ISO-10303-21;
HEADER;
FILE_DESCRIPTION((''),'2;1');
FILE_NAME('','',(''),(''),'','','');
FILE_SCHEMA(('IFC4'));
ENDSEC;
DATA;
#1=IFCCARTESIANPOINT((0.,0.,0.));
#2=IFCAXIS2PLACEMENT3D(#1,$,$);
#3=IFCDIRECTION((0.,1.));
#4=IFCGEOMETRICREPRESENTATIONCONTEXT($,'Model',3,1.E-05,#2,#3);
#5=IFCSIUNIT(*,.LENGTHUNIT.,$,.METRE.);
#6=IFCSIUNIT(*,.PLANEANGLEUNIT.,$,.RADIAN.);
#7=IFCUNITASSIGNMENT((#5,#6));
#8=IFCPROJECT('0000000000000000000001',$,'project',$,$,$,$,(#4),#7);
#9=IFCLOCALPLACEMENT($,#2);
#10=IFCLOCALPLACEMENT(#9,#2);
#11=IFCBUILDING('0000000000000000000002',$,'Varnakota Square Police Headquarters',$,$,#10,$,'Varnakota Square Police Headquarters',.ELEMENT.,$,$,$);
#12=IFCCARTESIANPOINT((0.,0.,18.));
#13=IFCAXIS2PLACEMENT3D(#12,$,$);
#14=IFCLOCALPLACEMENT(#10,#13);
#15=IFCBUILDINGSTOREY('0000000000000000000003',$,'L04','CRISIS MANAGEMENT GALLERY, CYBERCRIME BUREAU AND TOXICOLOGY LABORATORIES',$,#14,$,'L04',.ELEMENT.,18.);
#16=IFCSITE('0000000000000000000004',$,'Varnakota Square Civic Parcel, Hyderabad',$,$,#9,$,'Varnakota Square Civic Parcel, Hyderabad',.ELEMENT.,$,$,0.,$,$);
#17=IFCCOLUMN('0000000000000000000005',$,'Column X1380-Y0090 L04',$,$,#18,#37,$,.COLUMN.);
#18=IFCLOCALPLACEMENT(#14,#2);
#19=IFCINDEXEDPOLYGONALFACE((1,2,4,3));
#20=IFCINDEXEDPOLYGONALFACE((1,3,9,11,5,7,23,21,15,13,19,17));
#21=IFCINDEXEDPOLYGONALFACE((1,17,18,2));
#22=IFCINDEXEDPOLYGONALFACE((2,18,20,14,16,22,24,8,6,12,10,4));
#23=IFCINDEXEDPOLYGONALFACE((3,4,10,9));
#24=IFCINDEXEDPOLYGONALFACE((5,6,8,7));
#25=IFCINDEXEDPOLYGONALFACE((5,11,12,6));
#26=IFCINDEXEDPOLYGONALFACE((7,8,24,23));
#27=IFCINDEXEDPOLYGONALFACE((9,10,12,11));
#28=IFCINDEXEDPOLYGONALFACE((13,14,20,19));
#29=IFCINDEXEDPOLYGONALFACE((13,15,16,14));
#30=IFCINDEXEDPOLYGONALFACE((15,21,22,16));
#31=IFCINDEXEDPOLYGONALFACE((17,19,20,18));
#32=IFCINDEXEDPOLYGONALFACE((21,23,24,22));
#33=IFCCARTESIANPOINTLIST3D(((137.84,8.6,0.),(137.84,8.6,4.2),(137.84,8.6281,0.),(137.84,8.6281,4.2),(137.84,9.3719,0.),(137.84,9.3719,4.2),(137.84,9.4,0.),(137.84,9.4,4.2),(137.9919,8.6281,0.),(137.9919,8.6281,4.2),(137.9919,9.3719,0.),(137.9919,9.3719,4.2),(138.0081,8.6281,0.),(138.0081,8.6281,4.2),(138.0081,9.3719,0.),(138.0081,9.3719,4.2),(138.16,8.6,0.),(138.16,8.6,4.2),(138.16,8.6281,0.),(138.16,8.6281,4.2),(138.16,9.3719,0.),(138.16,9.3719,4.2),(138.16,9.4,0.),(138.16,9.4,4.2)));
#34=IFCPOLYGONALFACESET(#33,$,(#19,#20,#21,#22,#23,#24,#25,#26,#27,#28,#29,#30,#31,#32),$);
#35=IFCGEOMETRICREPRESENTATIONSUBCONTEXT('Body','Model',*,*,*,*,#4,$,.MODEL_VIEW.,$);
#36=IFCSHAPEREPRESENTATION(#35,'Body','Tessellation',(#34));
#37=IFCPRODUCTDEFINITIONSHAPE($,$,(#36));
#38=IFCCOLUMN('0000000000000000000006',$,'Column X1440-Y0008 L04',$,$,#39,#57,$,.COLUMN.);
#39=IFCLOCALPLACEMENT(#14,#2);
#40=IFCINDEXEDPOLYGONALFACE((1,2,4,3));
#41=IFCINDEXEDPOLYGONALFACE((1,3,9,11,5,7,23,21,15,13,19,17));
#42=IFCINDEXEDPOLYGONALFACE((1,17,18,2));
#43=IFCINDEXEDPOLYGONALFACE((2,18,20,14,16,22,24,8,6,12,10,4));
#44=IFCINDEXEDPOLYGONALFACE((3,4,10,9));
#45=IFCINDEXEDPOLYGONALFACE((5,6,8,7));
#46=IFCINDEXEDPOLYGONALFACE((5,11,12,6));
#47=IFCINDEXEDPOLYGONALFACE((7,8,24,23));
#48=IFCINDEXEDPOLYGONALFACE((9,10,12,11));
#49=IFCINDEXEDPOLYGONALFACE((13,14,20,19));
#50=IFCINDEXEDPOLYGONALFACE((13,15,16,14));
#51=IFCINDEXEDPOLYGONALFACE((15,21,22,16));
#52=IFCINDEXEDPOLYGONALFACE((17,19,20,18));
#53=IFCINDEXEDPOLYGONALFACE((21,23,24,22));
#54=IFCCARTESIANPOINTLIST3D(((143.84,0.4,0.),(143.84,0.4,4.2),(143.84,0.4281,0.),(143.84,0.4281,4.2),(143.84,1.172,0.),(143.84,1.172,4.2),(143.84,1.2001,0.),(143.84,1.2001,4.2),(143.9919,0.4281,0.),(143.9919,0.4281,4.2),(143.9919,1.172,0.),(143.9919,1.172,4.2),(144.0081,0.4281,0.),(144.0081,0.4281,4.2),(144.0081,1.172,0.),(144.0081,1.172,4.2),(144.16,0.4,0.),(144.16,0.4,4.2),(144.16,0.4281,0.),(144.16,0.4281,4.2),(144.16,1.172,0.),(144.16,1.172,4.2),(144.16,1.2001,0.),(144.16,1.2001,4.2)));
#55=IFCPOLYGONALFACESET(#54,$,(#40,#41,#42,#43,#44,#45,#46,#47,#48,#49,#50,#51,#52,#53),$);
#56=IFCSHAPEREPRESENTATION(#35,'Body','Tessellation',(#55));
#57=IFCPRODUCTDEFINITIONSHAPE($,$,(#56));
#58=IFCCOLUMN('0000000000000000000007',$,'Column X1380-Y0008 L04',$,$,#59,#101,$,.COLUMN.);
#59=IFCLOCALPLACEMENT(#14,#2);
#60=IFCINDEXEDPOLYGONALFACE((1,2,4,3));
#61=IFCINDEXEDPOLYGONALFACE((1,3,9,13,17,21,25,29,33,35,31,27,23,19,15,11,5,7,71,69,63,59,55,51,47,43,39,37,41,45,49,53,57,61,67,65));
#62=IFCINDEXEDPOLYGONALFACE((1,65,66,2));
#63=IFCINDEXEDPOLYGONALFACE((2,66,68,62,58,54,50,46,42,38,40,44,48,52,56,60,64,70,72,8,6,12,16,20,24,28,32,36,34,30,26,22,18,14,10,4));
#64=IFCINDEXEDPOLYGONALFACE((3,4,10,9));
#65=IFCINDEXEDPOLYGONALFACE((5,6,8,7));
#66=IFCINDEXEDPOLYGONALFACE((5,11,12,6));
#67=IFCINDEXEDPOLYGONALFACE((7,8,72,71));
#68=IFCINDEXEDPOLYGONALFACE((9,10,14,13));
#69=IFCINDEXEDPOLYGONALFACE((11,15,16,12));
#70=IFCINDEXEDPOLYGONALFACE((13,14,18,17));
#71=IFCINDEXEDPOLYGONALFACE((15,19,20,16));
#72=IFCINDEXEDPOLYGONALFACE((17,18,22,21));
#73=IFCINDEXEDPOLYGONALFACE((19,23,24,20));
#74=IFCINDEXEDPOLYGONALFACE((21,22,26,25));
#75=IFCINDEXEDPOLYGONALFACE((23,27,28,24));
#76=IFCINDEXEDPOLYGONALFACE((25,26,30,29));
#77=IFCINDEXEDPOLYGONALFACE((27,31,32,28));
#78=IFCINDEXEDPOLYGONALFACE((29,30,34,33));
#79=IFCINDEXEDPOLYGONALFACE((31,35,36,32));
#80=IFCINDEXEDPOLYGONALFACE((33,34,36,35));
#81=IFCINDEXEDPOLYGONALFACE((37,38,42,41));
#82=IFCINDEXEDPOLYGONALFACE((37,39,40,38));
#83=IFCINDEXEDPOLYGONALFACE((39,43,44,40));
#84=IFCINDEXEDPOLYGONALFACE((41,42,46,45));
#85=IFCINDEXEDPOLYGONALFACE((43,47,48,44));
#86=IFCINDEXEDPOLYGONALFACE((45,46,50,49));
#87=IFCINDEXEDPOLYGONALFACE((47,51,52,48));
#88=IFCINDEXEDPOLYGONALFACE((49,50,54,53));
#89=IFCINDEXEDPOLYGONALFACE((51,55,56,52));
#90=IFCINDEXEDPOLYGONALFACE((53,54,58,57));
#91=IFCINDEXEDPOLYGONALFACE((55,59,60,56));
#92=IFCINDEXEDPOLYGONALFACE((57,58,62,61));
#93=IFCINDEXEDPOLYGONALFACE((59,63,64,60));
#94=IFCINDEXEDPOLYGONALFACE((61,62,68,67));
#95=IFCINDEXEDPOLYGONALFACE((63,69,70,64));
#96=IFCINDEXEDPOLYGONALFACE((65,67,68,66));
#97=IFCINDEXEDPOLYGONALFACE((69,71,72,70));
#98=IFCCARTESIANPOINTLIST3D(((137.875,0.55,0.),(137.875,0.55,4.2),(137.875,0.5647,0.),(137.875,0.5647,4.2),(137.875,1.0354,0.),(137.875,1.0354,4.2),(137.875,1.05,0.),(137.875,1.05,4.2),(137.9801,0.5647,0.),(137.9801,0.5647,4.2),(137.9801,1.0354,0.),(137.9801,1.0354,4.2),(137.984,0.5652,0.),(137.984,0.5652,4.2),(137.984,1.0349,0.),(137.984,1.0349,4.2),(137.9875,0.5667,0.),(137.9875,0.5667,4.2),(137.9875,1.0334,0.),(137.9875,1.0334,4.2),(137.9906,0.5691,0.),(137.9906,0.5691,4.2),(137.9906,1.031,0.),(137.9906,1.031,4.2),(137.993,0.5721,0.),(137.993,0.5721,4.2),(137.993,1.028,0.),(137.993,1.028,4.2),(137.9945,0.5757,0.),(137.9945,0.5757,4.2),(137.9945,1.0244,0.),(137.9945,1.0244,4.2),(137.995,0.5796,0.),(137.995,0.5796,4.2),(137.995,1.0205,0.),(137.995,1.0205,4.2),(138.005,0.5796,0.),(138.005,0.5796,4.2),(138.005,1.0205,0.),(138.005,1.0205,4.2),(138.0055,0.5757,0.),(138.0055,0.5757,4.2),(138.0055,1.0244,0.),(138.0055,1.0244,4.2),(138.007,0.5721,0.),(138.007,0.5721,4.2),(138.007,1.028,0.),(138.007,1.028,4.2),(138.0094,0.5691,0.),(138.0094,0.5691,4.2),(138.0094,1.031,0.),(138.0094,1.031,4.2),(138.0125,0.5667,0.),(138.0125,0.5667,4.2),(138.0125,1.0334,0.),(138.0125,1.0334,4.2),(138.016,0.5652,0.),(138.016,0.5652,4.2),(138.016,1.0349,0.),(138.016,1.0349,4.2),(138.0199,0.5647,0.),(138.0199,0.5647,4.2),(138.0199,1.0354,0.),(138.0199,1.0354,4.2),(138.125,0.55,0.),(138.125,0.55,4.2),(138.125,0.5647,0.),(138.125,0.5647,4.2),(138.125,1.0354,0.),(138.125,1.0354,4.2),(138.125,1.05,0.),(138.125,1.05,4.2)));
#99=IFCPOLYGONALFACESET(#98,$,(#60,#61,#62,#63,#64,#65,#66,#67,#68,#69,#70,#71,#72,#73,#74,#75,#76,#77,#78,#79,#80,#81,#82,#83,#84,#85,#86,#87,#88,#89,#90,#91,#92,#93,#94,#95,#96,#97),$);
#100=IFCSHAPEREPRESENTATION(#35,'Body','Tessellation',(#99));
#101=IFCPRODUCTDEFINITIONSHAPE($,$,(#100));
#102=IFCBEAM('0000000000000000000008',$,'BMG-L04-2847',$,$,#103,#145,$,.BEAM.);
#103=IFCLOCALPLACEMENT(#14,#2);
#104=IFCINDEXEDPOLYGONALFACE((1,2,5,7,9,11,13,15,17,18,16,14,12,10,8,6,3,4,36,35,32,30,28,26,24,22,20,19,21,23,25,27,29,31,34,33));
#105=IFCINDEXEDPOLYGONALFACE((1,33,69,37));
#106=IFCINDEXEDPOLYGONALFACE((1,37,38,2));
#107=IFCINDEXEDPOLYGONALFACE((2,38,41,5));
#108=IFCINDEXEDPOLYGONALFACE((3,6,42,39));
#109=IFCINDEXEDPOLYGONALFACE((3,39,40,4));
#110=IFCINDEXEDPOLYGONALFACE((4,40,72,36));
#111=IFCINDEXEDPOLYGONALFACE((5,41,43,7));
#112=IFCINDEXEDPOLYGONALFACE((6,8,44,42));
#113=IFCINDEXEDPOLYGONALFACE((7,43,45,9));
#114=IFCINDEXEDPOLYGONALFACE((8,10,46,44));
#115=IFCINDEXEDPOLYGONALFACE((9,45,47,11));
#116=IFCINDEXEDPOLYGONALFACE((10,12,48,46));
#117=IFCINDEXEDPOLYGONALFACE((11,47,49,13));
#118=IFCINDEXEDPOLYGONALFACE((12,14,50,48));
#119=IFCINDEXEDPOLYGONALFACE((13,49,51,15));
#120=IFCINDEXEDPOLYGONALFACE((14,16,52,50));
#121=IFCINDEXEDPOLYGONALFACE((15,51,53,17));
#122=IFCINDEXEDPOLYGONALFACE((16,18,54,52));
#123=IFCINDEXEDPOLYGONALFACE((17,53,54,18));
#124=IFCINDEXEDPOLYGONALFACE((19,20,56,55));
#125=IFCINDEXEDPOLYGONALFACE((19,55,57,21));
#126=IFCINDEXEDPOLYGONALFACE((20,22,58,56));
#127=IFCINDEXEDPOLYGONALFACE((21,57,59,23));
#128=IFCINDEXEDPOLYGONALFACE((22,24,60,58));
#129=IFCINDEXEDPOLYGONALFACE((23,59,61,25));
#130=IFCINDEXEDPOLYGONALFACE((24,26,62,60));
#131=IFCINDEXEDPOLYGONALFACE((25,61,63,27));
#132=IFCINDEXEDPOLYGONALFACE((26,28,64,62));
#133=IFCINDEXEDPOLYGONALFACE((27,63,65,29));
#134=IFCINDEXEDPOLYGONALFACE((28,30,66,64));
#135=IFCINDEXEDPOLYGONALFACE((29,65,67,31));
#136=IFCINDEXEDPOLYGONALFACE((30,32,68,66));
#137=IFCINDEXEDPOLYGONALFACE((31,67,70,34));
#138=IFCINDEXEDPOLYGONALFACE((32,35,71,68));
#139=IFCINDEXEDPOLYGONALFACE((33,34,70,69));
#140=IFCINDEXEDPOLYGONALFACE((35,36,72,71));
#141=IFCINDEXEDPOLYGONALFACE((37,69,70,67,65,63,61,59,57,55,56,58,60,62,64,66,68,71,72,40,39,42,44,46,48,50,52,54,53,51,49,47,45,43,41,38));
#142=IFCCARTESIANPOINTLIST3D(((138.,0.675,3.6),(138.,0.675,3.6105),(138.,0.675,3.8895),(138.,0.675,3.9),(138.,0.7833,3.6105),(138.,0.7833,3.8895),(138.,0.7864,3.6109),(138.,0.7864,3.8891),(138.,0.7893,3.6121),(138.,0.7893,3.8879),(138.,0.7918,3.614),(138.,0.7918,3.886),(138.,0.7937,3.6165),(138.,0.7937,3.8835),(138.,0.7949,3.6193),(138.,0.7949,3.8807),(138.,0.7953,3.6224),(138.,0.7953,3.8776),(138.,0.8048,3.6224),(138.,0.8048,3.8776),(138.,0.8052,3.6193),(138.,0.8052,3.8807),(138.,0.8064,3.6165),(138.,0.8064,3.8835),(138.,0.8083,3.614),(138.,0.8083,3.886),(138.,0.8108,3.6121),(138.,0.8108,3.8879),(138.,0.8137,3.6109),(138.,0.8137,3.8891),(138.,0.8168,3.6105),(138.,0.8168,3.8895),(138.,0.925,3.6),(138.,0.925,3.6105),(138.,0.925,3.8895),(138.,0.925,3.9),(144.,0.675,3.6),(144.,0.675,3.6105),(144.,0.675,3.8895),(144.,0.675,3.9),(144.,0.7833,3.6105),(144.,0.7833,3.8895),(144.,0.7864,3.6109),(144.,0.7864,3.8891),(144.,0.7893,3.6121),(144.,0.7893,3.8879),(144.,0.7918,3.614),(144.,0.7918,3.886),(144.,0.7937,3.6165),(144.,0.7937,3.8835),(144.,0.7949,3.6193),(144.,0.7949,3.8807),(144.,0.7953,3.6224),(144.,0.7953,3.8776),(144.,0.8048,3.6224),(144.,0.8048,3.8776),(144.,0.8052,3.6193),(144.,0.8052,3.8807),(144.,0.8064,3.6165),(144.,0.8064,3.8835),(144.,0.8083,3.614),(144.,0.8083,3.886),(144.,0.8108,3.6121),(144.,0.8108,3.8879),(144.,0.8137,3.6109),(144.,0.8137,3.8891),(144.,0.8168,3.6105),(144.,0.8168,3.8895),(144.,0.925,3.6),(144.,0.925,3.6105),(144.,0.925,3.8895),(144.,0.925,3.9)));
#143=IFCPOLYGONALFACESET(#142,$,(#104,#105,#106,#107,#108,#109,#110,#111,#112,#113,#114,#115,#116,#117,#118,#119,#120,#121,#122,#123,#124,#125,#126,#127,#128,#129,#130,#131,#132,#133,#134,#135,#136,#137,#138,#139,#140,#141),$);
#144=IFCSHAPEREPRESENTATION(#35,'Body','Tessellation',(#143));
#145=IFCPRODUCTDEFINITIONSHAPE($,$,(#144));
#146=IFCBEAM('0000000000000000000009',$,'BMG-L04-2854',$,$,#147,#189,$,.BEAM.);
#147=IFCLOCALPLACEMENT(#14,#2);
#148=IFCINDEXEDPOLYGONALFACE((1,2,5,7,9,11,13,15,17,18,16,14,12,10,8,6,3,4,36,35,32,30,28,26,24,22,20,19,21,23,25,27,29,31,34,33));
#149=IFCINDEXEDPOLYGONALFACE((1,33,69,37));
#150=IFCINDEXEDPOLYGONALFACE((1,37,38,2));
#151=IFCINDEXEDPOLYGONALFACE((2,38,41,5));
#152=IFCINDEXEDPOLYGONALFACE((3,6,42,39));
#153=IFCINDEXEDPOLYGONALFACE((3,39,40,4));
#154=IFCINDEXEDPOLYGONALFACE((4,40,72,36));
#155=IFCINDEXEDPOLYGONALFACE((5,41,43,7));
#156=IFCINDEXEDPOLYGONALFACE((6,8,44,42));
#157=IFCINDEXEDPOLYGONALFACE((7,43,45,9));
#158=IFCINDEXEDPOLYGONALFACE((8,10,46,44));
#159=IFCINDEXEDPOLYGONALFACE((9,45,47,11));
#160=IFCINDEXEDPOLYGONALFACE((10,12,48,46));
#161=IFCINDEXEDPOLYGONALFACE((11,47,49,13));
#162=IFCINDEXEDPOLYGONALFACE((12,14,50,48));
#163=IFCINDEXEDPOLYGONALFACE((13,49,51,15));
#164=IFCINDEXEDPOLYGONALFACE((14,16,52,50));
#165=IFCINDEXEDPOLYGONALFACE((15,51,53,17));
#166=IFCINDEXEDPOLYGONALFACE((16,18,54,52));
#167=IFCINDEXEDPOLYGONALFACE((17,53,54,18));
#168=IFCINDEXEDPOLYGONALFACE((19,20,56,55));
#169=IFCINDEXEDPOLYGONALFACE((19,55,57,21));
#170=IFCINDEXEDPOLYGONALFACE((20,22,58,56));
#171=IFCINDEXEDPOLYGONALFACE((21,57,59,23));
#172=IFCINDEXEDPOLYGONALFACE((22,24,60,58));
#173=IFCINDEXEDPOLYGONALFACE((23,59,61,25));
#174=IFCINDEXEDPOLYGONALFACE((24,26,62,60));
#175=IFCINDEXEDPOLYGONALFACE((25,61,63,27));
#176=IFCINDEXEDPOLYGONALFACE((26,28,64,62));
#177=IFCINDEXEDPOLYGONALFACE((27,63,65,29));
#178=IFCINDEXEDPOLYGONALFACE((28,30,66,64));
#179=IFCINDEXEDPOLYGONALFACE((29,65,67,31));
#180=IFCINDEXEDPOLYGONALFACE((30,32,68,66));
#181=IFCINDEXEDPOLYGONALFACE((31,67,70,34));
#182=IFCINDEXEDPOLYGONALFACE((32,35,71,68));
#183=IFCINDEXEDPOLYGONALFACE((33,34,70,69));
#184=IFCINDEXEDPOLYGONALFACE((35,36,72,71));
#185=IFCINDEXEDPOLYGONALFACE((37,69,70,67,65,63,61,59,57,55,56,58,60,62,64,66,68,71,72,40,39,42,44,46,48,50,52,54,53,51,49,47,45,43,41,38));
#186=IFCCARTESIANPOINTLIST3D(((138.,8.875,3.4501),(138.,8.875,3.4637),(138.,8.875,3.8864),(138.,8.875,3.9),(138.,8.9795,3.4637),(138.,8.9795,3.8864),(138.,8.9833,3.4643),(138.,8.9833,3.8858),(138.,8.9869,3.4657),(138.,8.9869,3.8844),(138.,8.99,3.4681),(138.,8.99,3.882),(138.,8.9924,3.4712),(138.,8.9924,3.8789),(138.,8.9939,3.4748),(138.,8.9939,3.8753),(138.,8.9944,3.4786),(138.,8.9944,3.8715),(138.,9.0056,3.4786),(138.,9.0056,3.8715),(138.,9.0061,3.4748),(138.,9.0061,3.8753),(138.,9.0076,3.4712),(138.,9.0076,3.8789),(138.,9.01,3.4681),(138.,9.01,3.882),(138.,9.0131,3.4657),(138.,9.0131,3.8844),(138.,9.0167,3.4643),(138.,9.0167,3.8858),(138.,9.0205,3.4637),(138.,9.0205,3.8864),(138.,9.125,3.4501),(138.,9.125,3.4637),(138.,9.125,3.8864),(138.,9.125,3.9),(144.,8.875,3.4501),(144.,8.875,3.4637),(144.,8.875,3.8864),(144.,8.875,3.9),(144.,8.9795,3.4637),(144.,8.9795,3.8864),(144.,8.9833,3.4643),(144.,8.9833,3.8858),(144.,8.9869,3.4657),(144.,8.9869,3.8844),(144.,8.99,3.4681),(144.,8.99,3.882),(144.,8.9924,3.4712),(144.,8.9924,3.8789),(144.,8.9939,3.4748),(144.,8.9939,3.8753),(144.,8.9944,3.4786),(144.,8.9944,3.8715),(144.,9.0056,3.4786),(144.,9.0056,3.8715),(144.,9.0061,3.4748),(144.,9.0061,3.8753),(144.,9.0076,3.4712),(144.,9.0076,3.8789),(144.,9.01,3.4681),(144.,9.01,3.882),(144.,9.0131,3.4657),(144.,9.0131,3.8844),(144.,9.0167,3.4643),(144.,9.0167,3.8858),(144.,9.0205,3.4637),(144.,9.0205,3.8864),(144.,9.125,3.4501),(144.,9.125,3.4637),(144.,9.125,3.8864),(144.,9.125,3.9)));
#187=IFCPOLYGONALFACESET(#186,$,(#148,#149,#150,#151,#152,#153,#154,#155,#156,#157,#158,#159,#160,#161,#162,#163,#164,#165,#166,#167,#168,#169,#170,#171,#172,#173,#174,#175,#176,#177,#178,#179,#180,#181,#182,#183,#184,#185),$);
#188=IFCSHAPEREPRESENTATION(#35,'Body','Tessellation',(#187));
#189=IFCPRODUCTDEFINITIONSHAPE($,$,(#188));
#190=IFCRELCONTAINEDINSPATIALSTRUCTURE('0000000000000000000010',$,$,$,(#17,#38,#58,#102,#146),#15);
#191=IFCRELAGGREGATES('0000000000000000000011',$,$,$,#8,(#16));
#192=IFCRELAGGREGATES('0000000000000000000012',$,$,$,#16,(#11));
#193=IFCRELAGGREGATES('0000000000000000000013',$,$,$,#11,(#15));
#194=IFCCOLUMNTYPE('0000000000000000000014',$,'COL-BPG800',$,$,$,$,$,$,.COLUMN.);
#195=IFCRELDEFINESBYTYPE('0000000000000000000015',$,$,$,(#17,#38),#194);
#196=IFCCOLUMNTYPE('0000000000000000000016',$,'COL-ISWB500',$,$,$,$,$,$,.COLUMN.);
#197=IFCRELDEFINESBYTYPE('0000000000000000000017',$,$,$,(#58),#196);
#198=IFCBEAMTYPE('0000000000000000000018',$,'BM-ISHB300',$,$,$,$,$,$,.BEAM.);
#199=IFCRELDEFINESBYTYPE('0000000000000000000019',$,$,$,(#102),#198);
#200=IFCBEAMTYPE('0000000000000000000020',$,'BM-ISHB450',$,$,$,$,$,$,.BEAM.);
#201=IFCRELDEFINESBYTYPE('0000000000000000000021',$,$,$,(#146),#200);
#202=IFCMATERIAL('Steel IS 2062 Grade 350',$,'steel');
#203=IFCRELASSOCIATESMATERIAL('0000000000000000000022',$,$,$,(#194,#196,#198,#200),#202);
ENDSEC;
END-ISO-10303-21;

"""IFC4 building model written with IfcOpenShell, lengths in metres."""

from ifc_helpers import new_model, si_unit, direction, frame, origin, origin_2d, place, context, subcontext, project, spatial, i_section, extrude, material, material_profile, profile_set, type_object, element, save


model = new_model("IFC4")

# Units and contexts
model_context = context("Model", 3, precision=1e-05, world=origin(), true_north=direction((0.0, 1.0)))
body_context = subcontext(model_context, "Body", "Model", "MODEL_VIEW")
ifc_project = project(units=[si_unit("LENGTHUNIT", "METRE"), si_unit("PLANEANGLEUNIT", "RADIAN")], contexts=[model_context])

# Site, building, storey
site_placement = place(None, origin())
site = spatial("IfcSite", under=ifc_project, at=site_placement, Name="Varnakota Square Civic Parcel, Hyderabad", LongName="Varnakota Square Civic Parcel, Hyderabad", CompositionType="ELEMENT", RefElevation=0.0)
building_placement = place(site_placement, origin())
building = spatial("IfcBuilding", under=site, at=building_placement, Name="Varnakota Square Police Headquarters", LongName="Varnakota Square Police Headquarters", CompositionType="ELEMENT")
storey_placement = place(building_placement, frame((0.0, 0.0, 18.0)))
storey = spatial("IfcBuildingStorey", under=building, at=storey_placement, Name="L04", Description="CRISIS MANAGEMENT GALLERY, CYBERCRIME BUREAU AND TOXICOLOGY LABORATORIES", LongName="L04", CompositionType="ELEMENT", Elevation=18.0)

# Columns
ifc_material_1 = material(Name="Steel IS 2062 Grade 350", Category="steel")
ifc_material_profile_1 = material_profile(ifc_material_1, i_section(OverallWidth=0.3201, OverallDepth=0.8, WebThickness=0.0161, FlangeThickness=0.0281, at=origin_2d()), Name="BPG 800x320")
ifc_profile_set_1 = profile_set([ifc_material_profile_1], Name="Steel IS 2062 Grade 350")
column_type_1 = type_object("IfcColumnType", Name="COL-BPG800", PredefinedType="COLUMN", material=ifc_profile_set_1)
for number, where, z_axis, x_axis, name in (
    (1, (138.0, 9.0, 0.0), (0.0, 0.0, 1.0), (1.0, 0.0, 0.0), "Column X1380-Y0090 L04"),
    (2, (144.0, 0.8, 0.0), (0.0, 0.0, 1.0), (1.0, 0.0, 0.0), "Column X1440-Y0008 L04"),
):
    element("IfcColumn", number, at=place(storey_placement, frame(where, z_axis=z_axis, x_axis=x_axis)), inside=storey, type_object=column_type_1, Name=name, PredefinedType="COLUMN", context=body_context, shape_type="SweptSolid", body=[
        extrude(i_section(OverallWidth=0.3201, OverallDepth=0.8, WebThickness=0.0161, FlangeThickness=0.0281, at=origin_2d()), origin(), (0.0, 0.0, 1.0), 4.2),
    ])
ifc_material_profile_2 = material_profile(ifc_material_1, i_section(OverallWidth=0.25, OverallDepth=0.5, WebThickness=0.01, FlangeThickness=0.0146, FilletRadius=0.0149, at=origin_2d()), Name="ISWB 500")
ifc_profile_set_2 = profile_set([ifc_material_profile_2], Name="Steel IS 2062 Grade 350")
column_type_2 = type_object("IfcColumnType", Name="COL-ISWB500", PredefinedType="COLUMN", material=ifc_profile_set_2)
column_placement = place(storey_placement, frame((138.0, 0.8, 0.0), z_axis=(0.0, 0.0, 1.0), x_axis=(1.0, 0.0, 0.0)))
element("IfcColumn", 3, at=column_placement, inside=storey, type_object=column_type_2, Name="Column X1380-Y0008 L04", PredefinedType="COLUMN", context=body_context, shape_type="SweptSolid", body=[
    extrude(i_section(OverallWidth=0.25, OverallDepth=0.5, WebThickness=0.01, FlangeThickness=0.0146, FilletRadius=0.0149, at=origin_2d()), origin(), (0.0, 0.0, 1.0), 4.2),
])

# Beams
ifc_material_profile_3 = material_profile(ifc_material_1, i_section(OverallWidth=0.25, OverallDepth=0.3, WebThickness=0.0095, FlangeThickness=0.0105, FilletRadius=0.012, at=origin_2d()), Name="ISHB 300")
ifc_profile_set_3 = profile_set([ifc_material_profile_3], Name="Steel IS 2062 Grade 350")
beam_type_1 = type_object("IfcBeamType", Name="BM-ISHB300", PredefinedType="BEAM", material=ifc_profile_set_3)
beam_1_placement = place(storey_placement, frame((138.0, 0.8, 3.75), z_axis=(1.0, 0.0, 0.0), x_axis=(0.0, 1.0, 0.0)))
element("IfcBeam", 4, at=beam_1_placement, inside=storey, type_object=beam_type_1, Name="BMG-L04-2847", PredefinedType="BEAM", context=body_context, shape_type="SweptSolid", body=[
    extrude(i_section(OverallWidth=0.25, OverallDepth=0.3, WebThickness=0.0095, FlangeThickness=0.0105, FilletRadius=0.012, at=origin_2d()), origin(), (0.0, 0.0, 1.0), 6.0),
])
ifc_material_profile_4 = material_profile(ifc_material_1, i_section(OverallWidth=0.25, OverallDepth=0.45, WebThickness=0.0112, FlangeThickness=0.0137, FilletRadius=0.0149, at=origin_2d()), Name="ISHB 450")
ifc_profile_set_4 = profile_set([ifc_material_profile_4], Name="Steel IS 2062 Grade 350")
beam_type_2 = type_object("IfcBeamType", Name="BM-ISHB450", PredefinedType="BEAM", material=ifc_profile_set_4)
beam_2_placement = place(storey_placement, frame((138.0, 9.0, 3.675), z_axis=(1.0, 0.0, 0.0), x_axis=(0.0, 1.0, 0.0)))
element("IfcBeam", 5, at=beam_2_placement, inside=storey, type_object=beam_type_2, Name="BMG-L04-2854", PredefinedType="BEAM", context=body_context, shape_type="SweptSolid", body=[
    extrude(i_section(OverallWidth=0.25, OverallDepth=0.45, WebThickness=0.0112, FlangeThickness=0.0137, FilletRadius=0.0149, at=origin_2d()), origin(), (0.0, 0.0, 1.0), 6.0),
])

save(model, "model.ifc")
